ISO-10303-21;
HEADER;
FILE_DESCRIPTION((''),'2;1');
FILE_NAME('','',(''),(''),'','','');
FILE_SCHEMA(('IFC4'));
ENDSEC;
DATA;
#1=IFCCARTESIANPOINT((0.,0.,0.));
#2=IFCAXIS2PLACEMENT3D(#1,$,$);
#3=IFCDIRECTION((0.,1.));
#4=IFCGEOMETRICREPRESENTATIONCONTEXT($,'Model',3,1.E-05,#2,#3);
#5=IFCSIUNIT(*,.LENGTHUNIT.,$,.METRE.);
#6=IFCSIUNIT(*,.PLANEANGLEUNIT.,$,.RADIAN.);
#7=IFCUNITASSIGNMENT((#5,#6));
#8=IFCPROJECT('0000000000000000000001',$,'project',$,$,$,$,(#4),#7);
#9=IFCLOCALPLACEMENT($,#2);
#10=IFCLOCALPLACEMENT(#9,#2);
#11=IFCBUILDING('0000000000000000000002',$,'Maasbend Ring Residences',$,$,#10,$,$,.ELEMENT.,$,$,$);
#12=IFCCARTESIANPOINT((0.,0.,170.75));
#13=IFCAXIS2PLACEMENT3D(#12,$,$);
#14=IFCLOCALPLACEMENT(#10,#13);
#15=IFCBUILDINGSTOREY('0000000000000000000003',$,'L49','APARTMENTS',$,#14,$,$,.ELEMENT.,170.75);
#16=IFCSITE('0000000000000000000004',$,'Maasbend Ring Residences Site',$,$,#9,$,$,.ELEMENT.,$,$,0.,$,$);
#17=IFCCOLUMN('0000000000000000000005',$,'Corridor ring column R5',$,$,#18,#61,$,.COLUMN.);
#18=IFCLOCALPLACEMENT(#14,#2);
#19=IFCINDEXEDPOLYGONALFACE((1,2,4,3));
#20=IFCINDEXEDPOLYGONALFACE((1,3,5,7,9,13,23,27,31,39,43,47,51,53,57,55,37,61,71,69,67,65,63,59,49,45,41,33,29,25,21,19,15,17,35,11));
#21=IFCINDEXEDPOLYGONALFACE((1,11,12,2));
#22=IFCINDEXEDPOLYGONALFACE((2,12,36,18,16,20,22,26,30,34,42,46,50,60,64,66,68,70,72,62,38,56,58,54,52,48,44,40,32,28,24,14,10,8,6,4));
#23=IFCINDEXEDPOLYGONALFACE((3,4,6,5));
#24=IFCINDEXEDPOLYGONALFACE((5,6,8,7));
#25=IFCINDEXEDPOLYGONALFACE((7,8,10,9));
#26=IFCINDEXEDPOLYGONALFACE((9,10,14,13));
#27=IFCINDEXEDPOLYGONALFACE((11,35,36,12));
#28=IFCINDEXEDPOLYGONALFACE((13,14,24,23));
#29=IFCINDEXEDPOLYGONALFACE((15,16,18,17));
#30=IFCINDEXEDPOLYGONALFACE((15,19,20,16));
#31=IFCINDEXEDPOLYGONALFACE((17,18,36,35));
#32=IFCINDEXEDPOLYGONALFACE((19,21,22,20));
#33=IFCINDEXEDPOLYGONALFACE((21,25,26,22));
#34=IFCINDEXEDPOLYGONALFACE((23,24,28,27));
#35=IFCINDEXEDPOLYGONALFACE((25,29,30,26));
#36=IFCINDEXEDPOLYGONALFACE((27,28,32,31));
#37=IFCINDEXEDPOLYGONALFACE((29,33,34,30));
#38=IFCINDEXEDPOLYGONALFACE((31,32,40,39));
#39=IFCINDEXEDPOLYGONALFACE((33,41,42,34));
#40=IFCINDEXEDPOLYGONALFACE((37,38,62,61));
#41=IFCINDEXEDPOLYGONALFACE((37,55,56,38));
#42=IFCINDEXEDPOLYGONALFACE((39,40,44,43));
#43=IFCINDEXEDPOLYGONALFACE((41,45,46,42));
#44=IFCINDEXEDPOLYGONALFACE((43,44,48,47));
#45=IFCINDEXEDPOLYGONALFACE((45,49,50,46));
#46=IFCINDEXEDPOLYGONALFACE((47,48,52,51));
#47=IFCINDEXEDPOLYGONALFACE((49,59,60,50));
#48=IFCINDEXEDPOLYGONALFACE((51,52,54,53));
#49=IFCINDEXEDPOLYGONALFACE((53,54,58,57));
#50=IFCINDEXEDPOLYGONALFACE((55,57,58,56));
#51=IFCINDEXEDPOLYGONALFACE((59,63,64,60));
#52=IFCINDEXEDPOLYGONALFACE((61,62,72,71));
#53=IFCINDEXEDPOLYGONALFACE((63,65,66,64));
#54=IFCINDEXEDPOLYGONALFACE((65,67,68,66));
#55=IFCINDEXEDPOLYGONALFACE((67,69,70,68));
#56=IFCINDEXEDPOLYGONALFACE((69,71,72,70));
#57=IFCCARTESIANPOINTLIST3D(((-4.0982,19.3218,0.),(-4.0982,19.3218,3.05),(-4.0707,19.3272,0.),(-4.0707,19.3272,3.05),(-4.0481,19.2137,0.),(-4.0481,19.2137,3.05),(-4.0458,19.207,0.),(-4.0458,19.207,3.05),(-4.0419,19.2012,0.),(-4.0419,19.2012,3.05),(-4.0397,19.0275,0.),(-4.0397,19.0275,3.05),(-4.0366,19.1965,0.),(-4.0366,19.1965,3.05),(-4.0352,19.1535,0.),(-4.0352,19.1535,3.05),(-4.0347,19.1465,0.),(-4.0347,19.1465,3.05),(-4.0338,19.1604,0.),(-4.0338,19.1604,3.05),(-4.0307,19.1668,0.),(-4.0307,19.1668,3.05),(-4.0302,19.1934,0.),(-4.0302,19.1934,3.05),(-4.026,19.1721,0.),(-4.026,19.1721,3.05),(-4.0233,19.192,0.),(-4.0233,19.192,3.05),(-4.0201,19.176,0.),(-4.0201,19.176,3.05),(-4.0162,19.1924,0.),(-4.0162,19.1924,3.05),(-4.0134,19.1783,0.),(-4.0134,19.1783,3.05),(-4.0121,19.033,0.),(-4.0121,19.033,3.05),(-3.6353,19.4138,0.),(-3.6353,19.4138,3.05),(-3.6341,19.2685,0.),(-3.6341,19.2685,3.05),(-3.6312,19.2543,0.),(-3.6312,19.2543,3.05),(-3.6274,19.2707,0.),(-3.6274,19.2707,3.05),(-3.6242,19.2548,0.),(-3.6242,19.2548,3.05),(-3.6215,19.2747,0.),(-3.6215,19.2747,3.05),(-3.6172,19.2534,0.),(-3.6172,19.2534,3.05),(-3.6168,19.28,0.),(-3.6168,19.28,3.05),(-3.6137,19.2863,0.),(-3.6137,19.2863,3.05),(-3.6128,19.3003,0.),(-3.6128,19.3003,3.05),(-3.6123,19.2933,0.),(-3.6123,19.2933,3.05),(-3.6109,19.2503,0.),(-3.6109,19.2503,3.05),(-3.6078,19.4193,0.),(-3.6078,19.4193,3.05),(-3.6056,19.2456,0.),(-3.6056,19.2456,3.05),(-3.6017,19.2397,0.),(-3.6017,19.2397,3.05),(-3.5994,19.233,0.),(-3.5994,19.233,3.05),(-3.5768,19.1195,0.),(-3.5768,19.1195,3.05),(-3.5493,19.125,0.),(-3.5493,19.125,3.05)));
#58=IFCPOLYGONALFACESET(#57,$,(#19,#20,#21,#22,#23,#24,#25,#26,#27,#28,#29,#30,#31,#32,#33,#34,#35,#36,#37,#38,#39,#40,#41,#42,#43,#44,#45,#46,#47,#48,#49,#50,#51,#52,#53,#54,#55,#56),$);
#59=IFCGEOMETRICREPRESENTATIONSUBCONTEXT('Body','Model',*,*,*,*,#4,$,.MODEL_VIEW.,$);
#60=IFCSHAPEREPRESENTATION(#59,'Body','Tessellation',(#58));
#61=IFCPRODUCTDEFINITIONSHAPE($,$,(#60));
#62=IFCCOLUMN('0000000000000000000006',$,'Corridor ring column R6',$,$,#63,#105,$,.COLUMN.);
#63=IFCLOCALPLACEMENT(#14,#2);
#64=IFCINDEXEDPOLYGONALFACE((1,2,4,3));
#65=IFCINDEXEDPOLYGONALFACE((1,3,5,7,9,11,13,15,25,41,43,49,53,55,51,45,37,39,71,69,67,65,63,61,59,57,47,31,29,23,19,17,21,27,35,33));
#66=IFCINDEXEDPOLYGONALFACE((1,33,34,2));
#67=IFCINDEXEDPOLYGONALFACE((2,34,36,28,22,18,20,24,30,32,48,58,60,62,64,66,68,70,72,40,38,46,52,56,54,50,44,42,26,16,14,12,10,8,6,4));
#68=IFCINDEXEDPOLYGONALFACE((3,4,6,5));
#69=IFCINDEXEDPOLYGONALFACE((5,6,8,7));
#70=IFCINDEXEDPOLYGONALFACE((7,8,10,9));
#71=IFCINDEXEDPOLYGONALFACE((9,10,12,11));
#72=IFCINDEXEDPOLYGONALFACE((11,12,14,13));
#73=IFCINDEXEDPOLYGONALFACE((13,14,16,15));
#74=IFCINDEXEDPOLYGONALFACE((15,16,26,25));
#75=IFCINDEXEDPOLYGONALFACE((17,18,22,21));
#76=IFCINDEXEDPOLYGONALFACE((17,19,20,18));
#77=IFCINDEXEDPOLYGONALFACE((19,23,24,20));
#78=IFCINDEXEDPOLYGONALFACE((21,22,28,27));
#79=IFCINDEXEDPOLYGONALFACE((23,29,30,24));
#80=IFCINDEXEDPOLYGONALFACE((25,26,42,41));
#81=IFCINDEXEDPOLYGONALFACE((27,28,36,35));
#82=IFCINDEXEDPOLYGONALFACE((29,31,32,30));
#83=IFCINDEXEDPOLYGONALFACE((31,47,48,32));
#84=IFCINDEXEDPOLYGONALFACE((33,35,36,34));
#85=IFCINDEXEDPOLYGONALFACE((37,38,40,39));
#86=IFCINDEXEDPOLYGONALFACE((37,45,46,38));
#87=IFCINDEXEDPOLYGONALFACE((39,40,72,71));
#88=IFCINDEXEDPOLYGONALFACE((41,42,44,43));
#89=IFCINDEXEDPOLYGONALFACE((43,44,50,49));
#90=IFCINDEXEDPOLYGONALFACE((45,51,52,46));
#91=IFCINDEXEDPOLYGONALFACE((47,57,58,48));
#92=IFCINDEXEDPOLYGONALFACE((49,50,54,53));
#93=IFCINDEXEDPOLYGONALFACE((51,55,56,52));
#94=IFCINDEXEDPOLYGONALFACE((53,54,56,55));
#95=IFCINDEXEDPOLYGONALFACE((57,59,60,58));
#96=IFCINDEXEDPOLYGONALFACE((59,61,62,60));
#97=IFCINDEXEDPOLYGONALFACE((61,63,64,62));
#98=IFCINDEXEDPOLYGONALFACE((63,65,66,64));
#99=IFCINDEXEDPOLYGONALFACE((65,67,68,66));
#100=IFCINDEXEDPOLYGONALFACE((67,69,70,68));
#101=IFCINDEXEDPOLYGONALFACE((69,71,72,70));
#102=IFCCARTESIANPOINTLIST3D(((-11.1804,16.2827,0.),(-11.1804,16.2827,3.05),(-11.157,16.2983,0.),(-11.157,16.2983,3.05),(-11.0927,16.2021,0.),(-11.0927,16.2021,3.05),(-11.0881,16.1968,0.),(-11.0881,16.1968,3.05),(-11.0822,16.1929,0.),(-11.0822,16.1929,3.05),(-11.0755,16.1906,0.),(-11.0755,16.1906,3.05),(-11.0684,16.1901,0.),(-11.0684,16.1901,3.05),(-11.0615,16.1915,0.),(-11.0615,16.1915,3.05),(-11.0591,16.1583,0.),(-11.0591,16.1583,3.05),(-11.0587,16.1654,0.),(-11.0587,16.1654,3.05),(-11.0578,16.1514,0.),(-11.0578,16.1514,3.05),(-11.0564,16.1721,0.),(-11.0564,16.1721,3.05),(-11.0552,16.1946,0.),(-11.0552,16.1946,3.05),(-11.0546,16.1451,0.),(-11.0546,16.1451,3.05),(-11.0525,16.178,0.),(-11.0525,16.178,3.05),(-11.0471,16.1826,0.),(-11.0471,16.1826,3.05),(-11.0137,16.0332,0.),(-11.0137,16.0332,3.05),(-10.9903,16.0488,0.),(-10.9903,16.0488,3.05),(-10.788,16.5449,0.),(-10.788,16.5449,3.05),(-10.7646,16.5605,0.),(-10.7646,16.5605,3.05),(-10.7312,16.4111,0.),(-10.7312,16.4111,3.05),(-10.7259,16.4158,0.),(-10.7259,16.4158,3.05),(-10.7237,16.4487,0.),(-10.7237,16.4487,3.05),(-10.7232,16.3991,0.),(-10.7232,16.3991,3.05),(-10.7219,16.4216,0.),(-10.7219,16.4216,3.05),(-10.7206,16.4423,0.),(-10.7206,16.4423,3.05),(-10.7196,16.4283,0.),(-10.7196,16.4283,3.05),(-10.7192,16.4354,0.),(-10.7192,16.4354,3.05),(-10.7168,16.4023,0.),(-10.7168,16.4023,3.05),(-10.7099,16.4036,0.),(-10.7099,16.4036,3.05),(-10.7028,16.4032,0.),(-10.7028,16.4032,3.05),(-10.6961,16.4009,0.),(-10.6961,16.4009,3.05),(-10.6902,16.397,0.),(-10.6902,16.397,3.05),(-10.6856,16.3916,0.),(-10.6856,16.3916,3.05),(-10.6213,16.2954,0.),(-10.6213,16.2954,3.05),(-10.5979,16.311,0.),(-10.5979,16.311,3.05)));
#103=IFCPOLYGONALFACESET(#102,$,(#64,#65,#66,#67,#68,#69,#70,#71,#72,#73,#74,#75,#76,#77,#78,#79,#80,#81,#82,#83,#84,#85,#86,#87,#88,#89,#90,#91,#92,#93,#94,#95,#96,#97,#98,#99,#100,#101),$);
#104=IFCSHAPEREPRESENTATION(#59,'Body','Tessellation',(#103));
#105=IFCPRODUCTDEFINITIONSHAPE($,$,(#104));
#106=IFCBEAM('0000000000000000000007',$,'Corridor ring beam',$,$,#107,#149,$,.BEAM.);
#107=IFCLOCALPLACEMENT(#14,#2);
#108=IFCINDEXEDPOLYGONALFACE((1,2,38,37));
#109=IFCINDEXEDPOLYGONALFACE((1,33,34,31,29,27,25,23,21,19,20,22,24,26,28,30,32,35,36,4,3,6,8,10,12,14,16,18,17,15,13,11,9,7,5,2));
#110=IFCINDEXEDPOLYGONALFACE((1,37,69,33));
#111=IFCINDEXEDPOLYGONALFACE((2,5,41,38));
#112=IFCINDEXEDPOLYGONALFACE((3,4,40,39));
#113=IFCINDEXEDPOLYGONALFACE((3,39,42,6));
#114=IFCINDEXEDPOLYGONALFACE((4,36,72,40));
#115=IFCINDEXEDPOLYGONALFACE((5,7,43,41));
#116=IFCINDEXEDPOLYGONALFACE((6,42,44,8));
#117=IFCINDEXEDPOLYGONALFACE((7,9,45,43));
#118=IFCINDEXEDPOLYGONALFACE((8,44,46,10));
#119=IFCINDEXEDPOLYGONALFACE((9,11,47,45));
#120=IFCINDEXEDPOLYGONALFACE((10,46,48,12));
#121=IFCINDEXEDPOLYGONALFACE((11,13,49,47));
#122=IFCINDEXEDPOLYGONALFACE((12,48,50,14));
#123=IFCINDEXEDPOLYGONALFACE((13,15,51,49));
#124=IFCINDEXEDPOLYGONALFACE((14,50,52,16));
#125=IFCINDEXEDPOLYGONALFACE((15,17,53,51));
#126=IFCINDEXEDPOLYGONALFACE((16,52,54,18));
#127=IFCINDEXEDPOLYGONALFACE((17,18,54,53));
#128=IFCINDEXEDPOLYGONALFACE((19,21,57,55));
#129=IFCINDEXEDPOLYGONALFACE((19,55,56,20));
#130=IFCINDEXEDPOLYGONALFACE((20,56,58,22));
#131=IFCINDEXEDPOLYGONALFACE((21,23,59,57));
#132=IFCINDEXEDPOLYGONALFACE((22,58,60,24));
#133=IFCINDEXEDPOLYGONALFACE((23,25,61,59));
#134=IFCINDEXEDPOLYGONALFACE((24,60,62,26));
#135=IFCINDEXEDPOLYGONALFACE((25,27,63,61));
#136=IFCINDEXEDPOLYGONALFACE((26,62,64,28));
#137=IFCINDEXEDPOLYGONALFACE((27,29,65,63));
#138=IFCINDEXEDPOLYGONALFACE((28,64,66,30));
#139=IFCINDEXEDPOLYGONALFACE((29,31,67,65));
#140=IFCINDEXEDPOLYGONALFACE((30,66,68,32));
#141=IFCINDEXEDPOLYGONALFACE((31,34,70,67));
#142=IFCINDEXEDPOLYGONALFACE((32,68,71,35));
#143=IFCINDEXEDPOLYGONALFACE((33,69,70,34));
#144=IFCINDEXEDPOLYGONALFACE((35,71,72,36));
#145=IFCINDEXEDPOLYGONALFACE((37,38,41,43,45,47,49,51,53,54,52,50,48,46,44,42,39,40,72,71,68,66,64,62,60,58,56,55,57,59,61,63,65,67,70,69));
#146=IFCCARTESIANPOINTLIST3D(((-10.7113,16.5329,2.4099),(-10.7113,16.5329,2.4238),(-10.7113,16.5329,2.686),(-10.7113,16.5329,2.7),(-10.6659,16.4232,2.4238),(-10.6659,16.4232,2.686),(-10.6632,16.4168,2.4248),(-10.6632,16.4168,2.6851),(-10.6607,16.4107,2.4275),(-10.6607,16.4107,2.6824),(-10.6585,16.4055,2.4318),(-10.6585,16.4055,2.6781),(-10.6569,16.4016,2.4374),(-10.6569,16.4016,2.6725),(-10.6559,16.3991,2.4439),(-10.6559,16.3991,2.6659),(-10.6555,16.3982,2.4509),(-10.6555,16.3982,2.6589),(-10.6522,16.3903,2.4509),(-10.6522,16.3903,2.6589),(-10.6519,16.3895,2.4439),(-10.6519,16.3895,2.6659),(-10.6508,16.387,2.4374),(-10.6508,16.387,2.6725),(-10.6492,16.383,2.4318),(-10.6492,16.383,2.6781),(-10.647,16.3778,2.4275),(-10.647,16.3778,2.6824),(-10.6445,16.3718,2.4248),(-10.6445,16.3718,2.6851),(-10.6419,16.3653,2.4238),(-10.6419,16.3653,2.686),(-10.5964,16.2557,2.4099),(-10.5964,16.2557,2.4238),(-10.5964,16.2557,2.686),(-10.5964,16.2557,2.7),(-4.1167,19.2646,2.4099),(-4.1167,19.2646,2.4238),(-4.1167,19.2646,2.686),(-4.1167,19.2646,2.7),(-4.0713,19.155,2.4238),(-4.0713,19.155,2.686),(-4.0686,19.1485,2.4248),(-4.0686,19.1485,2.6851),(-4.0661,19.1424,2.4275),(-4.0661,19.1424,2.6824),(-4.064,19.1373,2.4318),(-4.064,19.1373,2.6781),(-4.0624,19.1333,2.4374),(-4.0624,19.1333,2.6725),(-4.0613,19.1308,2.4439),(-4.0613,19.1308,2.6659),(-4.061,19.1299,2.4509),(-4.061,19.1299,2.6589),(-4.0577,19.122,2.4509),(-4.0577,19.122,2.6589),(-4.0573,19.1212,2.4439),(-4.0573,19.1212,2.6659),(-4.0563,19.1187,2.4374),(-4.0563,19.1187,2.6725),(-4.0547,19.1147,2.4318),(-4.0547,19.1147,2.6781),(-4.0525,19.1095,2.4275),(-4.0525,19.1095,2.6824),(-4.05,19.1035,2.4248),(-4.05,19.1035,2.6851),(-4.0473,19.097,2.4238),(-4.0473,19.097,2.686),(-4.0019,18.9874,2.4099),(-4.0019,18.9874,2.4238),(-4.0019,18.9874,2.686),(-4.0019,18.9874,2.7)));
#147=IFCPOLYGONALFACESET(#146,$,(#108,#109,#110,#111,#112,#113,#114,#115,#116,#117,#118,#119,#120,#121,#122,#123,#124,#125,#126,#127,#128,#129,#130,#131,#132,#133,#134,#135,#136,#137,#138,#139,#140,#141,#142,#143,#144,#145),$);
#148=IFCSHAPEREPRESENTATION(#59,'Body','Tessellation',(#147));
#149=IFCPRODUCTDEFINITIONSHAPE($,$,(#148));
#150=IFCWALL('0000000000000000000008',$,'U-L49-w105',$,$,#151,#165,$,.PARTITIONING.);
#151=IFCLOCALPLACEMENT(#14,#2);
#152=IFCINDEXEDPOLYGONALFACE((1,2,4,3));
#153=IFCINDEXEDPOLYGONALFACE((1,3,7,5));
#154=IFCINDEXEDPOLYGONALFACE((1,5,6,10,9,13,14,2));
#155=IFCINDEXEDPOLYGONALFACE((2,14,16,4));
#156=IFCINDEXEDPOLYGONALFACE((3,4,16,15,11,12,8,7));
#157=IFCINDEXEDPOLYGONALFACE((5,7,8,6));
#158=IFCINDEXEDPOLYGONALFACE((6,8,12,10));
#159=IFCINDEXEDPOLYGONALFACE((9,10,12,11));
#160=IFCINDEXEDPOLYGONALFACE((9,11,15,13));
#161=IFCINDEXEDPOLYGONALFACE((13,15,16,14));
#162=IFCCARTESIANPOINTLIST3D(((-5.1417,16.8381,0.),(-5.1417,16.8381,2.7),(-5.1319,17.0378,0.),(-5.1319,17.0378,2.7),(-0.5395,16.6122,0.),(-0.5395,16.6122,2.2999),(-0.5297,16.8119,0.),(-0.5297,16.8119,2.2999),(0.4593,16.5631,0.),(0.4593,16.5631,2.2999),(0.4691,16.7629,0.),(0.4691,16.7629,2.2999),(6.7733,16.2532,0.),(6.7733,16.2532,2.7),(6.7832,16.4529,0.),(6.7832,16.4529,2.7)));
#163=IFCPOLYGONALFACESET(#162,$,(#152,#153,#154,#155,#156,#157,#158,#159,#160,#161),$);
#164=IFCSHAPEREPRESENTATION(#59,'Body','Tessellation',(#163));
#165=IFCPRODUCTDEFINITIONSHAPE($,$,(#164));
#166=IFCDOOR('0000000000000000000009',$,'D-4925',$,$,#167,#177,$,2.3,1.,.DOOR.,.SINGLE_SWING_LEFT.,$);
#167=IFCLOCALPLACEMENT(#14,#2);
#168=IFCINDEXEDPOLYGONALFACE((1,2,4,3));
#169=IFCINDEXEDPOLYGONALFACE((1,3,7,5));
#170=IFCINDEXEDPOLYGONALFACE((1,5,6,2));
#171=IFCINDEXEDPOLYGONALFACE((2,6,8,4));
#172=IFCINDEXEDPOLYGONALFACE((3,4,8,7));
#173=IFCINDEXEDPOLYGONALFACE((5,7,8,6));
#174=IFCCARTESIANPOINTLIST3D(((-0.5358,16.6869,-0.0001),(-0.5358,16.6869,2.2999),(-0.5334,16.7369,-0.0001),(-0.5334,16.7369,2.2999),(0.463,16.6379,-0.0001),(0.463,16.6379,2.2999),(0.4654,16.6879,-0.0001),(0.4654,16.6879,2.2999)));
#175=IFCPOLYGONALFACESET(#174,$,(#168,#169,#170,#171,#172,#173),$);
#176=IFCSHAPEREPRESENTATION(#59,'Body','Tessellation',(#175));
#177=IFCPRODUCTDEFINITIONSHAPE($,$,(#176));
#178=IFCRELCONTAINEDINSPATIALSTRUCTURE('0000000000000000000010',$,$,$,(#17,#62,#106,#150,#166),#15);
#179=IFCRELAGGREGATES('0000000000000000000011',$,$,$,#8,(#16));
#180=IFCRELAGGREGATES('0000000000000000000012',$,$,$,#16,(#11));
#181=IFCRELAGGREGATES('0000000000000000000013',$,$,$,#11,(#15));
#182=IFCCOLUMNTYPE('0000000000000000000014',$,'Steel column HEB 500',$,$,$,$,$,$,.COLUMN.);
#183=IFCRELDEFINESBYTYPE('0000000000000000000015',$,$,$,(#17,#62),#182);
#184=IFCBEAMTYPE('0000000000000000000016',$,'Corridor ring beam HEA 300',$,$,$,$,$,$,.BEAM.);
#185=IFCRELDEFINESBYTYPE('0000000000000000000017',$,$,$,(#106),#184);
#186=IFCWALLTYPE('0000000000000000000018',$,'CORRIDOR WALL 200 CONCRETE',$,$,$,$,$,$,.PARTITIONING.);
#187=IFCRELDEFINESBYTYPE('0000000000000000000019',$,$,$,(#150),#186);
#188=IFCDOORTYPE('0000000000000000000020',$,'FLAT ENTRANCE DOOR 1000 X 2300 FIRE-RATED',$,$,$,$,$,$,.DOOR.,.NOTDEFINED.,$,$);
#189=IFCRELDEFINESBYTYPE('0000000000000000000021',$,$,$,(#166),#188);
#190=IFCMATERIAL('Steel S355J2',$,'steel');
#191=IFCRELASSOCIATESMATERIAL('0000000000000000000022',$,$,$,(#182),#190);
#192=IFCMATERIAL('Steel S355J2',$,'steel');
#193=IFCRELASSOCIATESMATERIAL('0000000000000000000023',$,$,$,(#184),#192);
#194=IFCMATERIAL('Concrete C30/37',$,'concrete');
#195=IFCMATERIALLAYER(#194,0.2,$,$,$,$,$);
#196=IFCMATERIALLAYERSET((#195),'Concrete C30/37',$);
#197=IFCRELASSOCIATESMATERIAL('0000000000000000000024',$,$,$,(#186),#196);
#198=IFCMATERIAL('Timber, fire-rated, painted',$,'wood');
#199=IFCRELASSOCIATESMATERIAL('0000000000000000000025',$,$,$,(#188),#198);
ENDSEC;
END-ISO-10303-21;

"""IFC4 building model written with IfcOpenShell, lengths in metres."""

from ifc_helpers import new_model, si_unit, direction, frame, frame_2d, origin, origin_2d, place, context, subcontext, project, spatial, rectangle, i_section, extrude, material, layer, layer_set, material_profile, profile_set, type_object, element, fill, save


model = new_model("IFC4")

# Units and contexts
model_context = context("Model", 3, precision=1e-05, world=origin(), true_north=direction((0.0, 1.0)))
body_context = subcontext(model_context, "Body", "Model", "MODEL_VIEW")
ifc_project = project(units=[si_unit("LENGTHUNIT", "METRE"), si_unit("PLANEANGLEUNIT", "RADIAN")], contexts=[model_context])

# Site, building, storey
site_placement = place(None, origin())
site = spatial("IfcSite", under=ifc_project, at=site_placement, Name="Maasbend Ring Residences Site", CompositionType="ELEMENT", RefElevation=0.0)
building_placement = place(site_placement, origin())
building = spatial("IfcBuilding", under=site, at=building_placement, Name="Maasbend Ring Residences", CompositionType="ELEMENT")
storey_placement = place(building_placement, frame((0.0, 0.0, 170.75)))
storey = spatial("IfcBuildingStorey", under=building, at=storey_placement, Name="L49", Description="APARTMENTS", CompositionType="ELEMENT", Elevation=170.75)

# Columns
ifc_material_1 = material(Name="Steel S355J2", Category="steel")
ifc_material_profile_1 = material_profile(ifc_material_1, i_section(OverallWidth=0.3, OverallDepth=0.5, WebThickness=0.0144, FlangeThickness=0.0281, FilletRadius=0.0271, at=origin_2d()), Name="HEB 500")
ifc_profile_set_1 = profile_set([ifc_material_profile_1], Name="Steel S355J2")
column_type = type_object("IfcColumnType", Name="Steel column HEB 500", PredefinedType="COLUMN", material=ifc_profile_set_1)
for number, where, z_axis, x_axis, name in (
    (1, (-3.8237, 19.2234, 0.0), (0.0, 0.0, 1.0), (-0.19509, 0.980785, 0.0), "Corridor ring column R5"),
    (2, (-10.8892, 16.2969, 0.0), (0.0, 0.0, 1.0), (-0.55557, 0.83147, 0.0), "Corridor ring column R6"),
):
    element("IfcColumn", number, at=place(storey_placement, frame(where, z_axis=z_axis, x_axis=x_axis)), inside=storey, type_object=column_type, Name=name, PredefinedType="COLUMN", context=body_context, shape_type="SweptSolid", body=[
        extrude(i_section(OverallWidth=0.3, OverallDepth=0.5, WebThickness=0.0144, FlangeThickness=0.0281, FilletRadius=0.0271, at=origin_2d()), origin(), (0.0, 0.0, 1.0), 3.05),
    ])

# Beam
ifc_material_2 = material(Name="Steel S355J2", Category="steel")
ifc_material_profile_2 = material_profile(ifc_material_2, i_section(OverallWidth=0.3, OverallDepth=0.29, WebThickness=0.0085, FlangeThickness=0.0139, FilletRadius=0.0271, at=origin_2d()), Name="HEA 300")
ifc_profile_set_2 = profile_set([ifc_material_profile_2], Name="Steel S355J2")
beam_type = type_object("IfcBeamType", Name="Corridor ring beam HEA 300", PredefinedType="BEAM", material=ifc_profile_set_2)
beam_placement = place(storey_placement, frame((-4.0593, 19.126, 2.5549), z_axis=(-0.923871, -0.382703, 0.0), x_axis=(0.382703, -0.923871, 0.0)))
element("IfcBeam", 3, at=beam_placement, inside=storey, type_object=beam_type, Name="Corridor ring beam", PredefinedType="BEAM", context=body_context, shape_type="SweptSolid", body=[
    extrude(i_section(OverallWidth=0.3, OverallDepth=0.29, WebThickness=0.0085, FlangeThickness=0.0139, FilletRadius=0.0271, at=origin_2d()), origin(), (0.0, 0.0, 1.0), 7.1379),
])

# Wall, opening, door
ifc_material_3 = material(Name="Concrete C30/37", Category="concrete")
ifc_layer_1 = layer(ifc_material_3, 0.2)
ifc_layer_set_1 = layer_set([ifc_layer_1], Name="Concrete C30/37")
wall_type_1 = type_object("IfcWallType", Name="CORRIDOR WALL 200 CONCRETE", PredefinedType="PARTITIONING", material=ifc_layer_set_1)
wall_1_placement = place(storey_placement, frame((-5.137, 16.938, 0.0), z_axis=(0.0, 0.0, 1.0), x_axis=(0.998797, -0.049035, 0.0)))
wall_1 = element("IfcWall", 4, at=wall_1_placement, inside=storey, type_object=wall_type_1, Name="U-L49-w105", PredefinedType="PARTITIONING", context=body_context, shape_type="SweptSolid", body=[
    extrude(rectangle(XDim=11.9294, YDim=0.2, at=frame_2d((5.9648, 0.0))), origin(), (0.0, 0.0, 1.0), 2.7),
])
opening_1_placement = place(wall_1_placement, frame((4.6079, 0.0, 0.0)))
opening_1 = element("IfcOpeningElement", 5, at=opening_1_placement, cuts=wall_1, PredefinedType="OPENING", context=body_context, shape_type="SweptSolid", body=[
    extrude(rectangle(XDim=1.0, YDim=2.3, at=frame_2d((0.5, 1.1499))), frame((0.0, 0.1099, 0.0), z_axis=(0.0, -1.0, 0.0), x_axis=(1.0, 0.0, 0.0)), (0.0, 0.0, 1.0), 0.22),
])
ifc_material_4 = material(Name="Timber, fire-rated, painted", Category="wood")
door_type_1 = type_object("IfcDoorType", Name="FLAT ENTRANCE DOOR 1000 X 2300 FIRE-RATED", OperationType="NOTDEFINED", PredefinedType="DOOR", material=ifc_material_4)
door_1_placement = place(opening_1_placement, origin())
door_1 = element("IfcDoor", 6, at=door_1_placement, inside=storey, type_object=door_type_1, Name="D-4925", OperationType="SINGLE_SWING_LEFT", OverallHeight=2.3, OverallWidth=1.0, PredefinedType="DOOR", context=body_context, shape_type="SweptSolid", body=[
    extrude(rectangle(XDim=1.0, YDim=2.3, at=frame_2d((0.5, 1.1499))), frame((0.0, 0.0249, 0.0), z_axis=(0.0, -1.0, 0.0), x_axis=(1.0, 0.0, 0.0)), (0.0, 0.0, 1.0), 0.05),
])
fill(opening_1, door_1)

save(model, "model.ifc")
